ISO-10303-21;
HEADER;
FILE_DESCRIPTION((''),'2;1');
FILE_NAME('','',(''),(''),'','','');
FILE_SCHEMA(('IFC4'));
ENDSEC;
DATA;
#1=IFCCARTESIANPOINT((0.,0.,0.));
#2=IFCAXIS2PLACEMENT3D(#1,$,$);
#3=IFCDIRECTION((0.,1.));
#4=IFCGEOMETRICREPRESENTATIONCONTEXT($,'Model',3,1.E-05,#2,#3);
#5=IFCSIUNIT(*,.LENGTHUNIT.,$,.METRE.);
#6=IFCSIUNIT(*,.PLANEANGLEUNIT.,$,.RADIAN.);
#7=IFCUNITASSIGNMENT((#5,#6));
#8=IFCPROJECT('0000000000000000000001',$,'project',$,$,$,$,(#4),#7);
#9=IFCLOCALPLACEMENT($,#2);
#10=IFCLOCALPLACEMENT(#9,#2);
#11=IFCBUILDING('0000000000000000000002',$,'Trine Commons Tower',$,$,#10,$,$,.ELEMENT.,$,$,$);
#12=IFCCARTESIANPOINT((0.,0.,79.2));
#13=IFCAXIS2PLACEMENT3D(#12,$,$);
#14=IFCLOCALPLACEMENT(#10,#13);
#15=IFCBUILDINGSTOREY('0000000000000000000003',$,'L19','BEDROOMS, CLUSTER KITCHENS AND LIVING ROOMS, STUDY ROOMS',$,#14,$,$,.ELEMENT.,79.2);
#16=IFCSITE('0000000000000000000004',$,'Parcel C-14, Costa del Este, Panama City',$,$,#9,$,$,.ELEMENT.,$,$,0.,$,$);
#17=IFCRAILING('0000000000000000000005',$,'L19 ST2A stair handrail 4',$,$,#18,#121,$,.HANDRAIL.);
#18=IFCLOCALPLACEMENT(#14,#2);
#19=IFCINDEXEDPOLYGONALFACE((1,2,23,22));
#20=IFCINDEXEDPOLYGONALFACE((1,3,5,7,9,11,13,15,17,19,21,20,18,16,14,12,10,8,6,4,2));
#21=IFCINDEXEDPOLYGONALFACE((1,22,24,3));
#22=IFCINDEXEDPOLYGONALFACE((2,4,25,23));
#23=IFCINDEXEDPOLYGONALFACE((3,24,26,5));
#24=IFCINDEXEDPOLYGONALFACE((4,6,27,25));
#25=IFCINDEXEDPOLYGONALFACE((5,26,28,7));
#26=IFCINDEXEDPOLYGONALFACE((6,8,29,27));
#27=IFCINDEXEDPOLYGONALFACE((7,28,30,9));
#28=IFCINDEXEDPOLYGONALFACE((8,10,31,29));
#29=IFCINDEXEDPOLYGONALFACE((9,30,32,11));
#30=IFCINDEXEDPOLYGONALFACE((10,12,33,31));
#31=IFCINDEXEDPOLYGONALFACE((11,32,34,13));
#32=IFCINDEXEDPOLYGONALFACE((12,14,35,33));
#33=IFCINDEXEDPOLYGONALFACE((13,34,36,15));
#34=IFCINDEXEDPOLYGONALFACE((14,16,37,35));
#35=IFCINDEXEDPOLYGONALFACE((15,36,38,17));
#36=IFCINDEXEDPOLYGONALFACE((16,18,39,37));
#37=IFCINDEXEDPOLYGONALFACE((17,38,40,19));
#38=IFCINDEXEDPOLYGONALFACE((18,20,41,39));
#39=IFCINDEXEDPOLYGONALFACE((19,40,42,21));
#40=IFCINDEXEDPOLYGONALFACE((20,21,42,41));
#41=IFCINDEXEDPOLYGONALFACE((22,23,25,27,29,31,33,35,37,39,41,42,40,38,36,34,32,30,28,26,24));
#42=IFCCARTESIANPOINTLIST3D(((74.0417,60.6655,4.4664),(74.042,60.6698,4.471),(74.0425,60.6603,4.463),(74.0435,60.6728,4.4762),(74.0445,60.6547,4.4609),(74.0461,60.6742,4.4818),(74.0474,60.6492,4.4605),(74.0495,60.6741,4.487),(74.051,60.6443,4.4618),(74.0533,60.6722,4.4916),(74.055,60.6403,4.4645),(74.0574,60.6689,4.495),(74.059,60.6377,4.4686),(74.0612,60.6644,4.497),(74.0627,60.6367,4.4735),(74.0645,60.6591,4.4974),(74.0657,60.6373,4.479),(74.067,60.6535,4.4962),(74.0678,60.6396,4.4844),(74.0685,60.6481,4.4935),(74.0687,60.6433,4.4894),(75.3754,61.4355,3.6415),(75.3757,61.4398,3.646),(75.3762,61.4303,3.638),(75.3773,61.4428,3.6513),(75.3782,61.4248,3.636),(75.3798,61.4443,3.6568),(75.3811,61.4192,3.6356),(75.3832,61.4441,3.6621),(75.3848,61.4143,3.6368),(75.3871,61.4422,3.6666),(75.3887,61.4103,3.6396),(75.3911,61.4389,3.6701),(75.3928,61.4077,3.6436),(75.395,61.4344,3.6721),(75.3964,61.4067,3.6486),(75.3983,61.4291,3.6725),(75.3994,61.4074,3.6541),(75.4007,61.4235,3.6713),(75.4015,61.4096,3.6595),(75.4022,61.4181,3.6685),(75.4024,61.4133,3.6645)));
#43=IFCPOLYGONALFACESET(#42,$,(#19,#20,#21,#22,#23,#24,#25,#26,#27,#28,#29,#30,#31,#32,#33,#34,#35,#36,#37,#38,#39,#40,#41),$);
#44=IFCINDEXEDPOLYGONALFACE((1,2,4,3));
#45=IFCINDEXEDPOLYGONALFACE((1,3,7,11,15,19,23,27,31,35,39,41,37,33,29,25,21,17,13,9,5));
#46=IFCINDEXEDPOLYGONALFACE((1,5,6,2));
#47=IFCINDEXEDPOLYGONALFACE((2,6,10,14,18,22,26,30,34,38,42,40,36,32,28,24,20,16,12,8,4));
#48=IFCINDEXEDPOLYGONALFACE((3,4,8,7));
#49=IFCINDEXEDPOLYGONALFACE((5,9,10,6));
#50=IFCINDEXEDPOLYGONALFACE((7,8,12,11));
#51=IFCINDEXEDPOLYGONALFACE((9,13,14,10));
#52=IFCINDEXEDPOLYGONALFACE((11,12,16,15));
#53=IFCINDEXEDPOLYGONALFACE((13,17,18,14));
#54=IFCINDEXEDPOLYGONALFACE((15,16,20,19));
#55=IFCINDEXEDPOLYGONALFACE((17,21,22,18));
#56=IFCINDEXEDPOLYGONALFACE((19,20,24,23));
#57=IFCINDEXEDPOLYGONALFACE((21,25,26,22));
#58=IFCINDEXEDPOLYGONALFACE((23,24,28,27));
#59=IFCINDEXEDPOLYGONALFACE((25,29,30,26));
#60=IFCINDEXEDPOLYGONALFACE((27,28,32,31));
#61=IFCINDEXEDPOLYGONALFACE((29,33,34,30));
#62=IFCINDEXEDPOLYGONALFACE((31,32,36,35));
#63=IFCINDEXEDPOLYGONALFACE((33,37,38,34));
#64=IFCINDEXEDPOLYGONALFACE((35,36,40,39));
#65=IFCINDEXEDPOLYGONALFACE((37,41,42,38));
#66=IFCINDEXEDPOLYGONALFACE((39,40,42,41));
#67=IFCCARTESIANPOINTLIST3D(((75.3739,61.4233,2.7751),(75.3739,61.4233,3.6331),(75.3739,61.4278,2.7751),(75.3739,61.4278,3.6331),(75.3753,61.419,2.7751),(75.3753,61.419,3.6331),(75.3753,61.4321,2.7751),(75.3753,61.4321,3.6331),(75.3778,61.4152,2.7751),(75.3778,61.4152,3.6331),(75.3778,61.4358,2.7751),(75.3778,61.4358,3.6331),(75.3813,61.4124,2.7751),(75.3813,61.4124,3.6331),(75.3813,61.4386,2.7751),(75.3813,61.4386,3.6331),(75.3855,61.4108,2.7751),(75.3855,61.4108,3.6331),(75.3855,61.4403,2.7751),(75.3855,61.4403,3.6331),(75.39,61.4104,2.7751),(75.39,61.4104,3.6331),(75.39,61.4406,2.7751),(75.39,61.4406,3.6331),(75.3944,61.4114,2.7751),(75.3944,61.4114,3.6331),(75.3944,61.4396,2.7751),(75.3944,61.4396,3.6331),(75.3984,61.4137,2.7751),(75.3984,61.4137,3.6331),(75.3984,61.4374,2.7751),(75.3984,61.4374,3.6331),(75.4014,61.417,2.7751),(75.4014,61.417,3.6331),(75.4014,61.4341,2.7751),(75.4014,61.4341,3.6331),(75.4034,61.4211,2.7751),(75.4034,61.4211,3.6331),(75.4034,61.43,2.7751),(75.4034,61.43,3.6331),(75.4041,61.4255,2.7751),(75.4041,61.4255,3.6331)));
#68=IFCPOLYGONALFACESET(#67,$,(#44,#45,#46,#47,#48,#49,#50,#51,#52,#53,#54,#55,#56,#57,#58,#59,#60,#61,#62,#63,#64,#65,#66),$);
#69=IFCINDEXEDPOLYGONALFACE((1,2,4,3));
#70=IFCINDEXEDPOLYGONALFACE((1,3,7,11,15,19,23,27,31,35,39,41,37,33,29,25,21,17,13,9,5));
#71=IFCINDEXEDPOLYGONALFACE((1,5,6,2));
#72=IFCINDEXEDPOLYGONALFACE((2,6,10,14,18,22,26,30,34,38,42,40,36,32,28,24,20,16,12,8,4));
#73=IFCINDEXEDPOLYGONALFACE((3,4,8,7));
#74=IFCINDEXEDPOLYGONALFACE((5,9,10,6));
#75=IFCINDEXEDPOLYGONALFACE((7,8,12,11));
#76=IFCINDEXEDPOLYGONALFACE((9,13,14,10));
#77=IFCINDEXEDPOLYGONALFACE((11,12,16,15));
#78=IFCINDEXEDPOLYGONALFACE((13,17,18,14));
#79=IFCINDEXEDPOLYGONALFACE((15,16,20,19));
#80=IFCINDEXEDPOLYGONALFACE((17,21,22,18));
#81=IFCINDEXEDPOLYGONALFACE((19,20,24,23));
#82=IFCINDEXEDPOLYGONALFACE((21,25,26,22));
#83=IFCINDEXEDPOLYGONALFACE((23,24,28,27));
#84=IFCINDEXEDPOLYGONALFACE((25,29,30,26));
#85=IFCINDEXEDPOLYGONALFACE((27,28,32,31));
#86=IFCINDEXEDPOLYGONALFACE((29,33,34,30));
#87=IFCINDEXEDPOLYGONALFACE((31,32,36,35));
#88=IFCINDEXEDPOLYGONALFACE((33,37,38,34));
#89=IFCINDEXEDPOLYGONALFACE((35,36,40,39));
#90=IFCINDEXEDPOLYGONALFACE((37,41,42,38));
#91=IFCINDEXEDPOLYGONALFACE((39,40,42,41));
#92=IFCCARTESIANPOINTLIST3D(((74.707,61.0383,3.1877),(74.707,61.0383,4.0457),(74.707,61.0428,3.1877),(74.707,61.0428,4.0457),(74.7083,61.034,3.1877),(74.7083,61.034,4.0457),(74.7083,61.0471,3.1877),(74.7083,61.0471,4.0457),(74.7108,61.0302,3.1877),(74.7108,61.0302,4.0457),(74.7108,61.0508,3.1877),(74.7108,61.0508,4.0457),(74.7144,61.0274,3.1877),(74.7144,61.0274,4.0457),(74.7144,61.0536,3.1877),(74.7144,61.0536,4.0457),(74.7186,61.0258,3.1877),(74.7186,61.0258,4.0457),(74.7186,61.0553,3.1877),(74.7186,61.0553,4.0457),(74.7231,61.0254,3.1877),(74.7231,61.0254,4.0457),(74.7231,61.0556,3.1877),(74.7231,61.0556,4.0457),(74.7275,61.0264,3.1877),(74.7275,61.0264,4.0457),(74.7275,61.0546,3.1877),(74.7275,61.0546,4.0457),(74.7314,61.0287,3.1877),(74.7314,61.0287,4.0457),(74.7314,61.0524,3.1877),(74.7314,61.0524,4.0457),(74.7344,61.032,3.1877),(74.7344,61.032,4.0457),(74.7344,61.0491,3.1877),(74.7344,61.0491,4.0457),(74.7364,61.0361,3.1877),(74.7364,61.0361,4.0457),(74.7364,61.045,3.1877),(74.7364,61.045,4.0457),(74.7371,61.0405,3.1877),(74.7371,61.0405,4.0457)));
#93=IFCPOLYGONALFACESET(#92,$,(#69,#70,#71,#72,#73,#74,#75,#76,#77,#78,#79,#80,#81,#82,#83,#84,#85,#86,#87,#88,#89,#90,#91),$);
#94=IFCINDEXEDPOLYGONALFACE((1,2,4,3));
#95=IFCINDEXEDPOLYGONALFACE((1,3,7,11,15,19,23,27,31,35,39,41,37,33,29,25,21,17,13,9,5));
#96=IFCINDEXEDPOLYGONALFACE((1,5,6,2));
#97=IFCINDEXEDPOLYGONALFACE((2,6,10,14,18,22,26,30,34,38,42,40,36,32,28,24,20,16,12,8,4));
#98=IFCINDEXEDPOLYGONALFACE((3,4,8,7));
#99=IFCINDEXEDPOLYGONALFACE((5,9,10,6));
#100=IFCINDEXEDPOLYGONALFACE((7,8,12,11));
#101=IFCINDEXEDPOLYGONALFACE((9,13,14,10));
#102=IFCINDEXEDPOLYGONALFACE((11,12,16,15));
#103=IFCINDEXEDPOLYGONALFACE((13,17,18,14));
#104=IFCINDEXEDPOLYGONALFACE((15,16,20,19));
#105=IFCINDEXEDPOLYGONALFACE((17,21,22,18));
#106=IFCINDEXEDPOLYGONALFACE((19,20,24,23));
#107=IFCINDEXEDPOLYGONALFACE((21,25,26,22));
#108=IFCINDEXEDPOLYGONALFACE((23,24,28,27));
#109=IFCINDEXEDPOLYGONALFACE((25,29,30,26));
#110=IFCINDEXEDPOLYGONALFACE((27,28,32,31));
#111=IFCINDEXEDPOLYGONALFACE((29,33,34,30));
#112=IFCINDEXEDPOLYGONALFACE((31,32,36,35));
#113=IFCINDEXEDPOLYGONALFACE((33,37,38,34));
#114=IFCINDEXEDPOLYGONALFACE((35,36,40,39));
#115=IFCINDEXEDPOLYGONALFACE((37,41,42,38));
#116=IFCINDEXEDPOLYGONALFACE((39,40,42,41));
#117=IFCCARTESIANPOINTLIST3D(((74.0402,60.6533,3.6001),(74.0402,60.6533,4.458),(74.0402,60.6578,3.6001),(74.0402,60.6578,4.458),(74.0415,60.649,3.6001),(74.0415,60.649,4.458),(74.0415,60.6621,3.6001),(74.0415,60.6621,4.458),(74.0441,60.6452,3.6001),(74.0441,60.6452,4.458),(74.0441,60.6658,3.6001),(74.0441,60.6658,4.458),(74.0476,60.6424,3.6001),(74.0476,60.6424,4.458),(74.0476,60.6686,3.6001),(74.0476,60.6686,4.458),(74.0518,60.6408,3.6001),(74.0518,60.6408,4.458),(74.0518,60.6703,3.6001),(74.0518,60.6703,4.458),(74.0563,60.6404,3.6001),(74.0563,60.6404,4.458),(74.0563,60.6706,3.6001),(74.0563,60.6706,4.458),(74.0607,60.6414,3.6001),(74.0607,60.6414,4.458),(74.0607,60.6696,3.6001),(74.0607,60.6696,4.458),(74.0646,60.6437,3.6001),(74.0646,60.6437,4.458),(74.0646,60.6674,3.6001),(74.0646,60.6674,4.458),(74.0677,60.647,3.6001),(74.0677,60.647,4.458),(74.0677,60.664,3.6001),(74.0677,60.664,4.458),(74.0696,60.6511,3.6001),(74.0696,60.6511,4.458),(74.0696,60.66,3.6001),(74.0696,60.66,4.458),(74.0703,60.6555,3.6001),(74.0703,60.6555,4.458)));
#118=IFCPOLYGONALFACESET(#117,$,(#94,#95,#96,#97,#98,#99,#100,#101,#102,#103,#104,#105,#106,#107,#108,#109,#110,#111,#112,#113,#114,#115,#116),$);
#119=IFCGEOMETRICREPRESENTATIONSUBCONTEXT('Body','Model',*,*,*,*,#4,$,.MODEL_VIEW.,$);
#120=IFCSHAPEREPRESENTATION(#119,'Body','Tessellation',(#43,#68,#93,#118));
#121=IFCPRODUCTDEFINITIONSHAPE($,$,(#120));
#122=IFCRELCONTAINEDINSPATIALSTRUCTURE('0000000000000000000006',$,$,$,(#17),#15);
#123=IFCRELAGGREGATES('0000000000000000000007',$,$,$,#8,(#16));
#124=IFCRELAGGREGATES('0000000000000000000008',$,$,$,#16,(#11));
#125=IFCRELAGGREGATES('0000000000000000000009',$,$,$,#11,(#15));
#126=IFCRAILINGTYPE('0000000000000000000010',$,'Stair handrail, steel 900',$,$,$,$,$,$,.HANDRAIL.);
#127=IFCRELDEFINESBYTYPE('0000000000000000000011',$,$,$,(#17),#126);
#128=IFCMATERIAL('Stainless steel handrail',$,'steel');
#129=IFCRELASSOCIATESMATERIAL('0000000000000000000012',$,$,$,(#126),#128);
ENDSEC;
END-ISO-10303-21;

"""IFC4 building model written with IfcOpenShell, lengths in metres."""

from ifc_helpers import new_model, si_unit, direction, frame, origin, origin_2d, place, context, subcontext, project, spatial, circle, extrude, material, type_object, element, save


model = new_model("IFC4")

# Units and contexts
model_context = context("Model", 3, precision=1e-05, world=origin(), true_north=direction((0.0, 1.0)))
body_context = subcontext(model_context, "Body", "Model", "MODEL_VIEW")
ifc_project = project(units=[si_unit("LENGTHUNIT", "METRE"), si_unit("PLANEANGLEUNIT", "RADIAN")], contexts=[model_context])

# Site, building, storey
site_placement = place(None, origin())
site = spatial("IfcSite", under=ifc_project, at=site_placement, Name="Parcel C-14, Costa del Este, Panama City", CompositionType="ELEMENT", RefElevation=0.0)
building_placement = place(site_placement, origin())
building = spatial("IfcBuilding", under=site, at=building_placement, Name="Trine Commons Tower", CompositionType="ELEMENT")
storey_placement = place(building_placement, frame((0.0, 0.0, 79.2)))
storey = spatial("IfcBuildingStorey", under=building, at=storey_placement, Name="L19", Description="BEDROOMS, CLUSTER KITCHENS AND LIVING ROOMS, STUDY ROOMS", CompositionType="ELEMENT", Elevation=79.2)

# Railing
ifc_material_1 = material(Name="Stainless steel handrail", Category="steel")
railing_type_1 = type_object("IfcRailingType", Name="Stair handrail, steel 900", PredefinedType="HANDRAIL", material=ifc_material_1)
railing_1_placement = place(storey_placement, frame((75.3889, 61.4255, 2.7751)))
element("IfcRailing", 1, at=railing_1_placement, inside=storey, type_object=railing_type_1, Name="L19 ST2A stair handrail 4", PredefinedType="HANDRAIL", context=body_context, shape_type="SweptSolid", body=[
    extrude(circle(Radius=0.021, at=origin_2d()), frame((0.0, 0.0, 0.8789), z_axis=(-0.763405, -0.440743, 0.472185), x_axis=(0.499992, -0.86603, 0.0)), (0.0, 0.0, 1.0), 1.7471),
    extrude(circle(Radius=0.0151, at=origin_2d()), origin(), (0.0, 0.0, 1.0), 0.8579),
    extrude(circle(Radius=0.0151, at=origin_2d()), frame((-0.667, -0.385, 0.4126)), (0.0, 0.0, 1.0), 0.8579),
    extrude(circle(Radius=0.0151, at=origin_2d()), frame((-1.3337, -0.77, 0.825)), (0.0, 0.0, 1.0), 0.8579),
])

save(model, "model.ifc")
